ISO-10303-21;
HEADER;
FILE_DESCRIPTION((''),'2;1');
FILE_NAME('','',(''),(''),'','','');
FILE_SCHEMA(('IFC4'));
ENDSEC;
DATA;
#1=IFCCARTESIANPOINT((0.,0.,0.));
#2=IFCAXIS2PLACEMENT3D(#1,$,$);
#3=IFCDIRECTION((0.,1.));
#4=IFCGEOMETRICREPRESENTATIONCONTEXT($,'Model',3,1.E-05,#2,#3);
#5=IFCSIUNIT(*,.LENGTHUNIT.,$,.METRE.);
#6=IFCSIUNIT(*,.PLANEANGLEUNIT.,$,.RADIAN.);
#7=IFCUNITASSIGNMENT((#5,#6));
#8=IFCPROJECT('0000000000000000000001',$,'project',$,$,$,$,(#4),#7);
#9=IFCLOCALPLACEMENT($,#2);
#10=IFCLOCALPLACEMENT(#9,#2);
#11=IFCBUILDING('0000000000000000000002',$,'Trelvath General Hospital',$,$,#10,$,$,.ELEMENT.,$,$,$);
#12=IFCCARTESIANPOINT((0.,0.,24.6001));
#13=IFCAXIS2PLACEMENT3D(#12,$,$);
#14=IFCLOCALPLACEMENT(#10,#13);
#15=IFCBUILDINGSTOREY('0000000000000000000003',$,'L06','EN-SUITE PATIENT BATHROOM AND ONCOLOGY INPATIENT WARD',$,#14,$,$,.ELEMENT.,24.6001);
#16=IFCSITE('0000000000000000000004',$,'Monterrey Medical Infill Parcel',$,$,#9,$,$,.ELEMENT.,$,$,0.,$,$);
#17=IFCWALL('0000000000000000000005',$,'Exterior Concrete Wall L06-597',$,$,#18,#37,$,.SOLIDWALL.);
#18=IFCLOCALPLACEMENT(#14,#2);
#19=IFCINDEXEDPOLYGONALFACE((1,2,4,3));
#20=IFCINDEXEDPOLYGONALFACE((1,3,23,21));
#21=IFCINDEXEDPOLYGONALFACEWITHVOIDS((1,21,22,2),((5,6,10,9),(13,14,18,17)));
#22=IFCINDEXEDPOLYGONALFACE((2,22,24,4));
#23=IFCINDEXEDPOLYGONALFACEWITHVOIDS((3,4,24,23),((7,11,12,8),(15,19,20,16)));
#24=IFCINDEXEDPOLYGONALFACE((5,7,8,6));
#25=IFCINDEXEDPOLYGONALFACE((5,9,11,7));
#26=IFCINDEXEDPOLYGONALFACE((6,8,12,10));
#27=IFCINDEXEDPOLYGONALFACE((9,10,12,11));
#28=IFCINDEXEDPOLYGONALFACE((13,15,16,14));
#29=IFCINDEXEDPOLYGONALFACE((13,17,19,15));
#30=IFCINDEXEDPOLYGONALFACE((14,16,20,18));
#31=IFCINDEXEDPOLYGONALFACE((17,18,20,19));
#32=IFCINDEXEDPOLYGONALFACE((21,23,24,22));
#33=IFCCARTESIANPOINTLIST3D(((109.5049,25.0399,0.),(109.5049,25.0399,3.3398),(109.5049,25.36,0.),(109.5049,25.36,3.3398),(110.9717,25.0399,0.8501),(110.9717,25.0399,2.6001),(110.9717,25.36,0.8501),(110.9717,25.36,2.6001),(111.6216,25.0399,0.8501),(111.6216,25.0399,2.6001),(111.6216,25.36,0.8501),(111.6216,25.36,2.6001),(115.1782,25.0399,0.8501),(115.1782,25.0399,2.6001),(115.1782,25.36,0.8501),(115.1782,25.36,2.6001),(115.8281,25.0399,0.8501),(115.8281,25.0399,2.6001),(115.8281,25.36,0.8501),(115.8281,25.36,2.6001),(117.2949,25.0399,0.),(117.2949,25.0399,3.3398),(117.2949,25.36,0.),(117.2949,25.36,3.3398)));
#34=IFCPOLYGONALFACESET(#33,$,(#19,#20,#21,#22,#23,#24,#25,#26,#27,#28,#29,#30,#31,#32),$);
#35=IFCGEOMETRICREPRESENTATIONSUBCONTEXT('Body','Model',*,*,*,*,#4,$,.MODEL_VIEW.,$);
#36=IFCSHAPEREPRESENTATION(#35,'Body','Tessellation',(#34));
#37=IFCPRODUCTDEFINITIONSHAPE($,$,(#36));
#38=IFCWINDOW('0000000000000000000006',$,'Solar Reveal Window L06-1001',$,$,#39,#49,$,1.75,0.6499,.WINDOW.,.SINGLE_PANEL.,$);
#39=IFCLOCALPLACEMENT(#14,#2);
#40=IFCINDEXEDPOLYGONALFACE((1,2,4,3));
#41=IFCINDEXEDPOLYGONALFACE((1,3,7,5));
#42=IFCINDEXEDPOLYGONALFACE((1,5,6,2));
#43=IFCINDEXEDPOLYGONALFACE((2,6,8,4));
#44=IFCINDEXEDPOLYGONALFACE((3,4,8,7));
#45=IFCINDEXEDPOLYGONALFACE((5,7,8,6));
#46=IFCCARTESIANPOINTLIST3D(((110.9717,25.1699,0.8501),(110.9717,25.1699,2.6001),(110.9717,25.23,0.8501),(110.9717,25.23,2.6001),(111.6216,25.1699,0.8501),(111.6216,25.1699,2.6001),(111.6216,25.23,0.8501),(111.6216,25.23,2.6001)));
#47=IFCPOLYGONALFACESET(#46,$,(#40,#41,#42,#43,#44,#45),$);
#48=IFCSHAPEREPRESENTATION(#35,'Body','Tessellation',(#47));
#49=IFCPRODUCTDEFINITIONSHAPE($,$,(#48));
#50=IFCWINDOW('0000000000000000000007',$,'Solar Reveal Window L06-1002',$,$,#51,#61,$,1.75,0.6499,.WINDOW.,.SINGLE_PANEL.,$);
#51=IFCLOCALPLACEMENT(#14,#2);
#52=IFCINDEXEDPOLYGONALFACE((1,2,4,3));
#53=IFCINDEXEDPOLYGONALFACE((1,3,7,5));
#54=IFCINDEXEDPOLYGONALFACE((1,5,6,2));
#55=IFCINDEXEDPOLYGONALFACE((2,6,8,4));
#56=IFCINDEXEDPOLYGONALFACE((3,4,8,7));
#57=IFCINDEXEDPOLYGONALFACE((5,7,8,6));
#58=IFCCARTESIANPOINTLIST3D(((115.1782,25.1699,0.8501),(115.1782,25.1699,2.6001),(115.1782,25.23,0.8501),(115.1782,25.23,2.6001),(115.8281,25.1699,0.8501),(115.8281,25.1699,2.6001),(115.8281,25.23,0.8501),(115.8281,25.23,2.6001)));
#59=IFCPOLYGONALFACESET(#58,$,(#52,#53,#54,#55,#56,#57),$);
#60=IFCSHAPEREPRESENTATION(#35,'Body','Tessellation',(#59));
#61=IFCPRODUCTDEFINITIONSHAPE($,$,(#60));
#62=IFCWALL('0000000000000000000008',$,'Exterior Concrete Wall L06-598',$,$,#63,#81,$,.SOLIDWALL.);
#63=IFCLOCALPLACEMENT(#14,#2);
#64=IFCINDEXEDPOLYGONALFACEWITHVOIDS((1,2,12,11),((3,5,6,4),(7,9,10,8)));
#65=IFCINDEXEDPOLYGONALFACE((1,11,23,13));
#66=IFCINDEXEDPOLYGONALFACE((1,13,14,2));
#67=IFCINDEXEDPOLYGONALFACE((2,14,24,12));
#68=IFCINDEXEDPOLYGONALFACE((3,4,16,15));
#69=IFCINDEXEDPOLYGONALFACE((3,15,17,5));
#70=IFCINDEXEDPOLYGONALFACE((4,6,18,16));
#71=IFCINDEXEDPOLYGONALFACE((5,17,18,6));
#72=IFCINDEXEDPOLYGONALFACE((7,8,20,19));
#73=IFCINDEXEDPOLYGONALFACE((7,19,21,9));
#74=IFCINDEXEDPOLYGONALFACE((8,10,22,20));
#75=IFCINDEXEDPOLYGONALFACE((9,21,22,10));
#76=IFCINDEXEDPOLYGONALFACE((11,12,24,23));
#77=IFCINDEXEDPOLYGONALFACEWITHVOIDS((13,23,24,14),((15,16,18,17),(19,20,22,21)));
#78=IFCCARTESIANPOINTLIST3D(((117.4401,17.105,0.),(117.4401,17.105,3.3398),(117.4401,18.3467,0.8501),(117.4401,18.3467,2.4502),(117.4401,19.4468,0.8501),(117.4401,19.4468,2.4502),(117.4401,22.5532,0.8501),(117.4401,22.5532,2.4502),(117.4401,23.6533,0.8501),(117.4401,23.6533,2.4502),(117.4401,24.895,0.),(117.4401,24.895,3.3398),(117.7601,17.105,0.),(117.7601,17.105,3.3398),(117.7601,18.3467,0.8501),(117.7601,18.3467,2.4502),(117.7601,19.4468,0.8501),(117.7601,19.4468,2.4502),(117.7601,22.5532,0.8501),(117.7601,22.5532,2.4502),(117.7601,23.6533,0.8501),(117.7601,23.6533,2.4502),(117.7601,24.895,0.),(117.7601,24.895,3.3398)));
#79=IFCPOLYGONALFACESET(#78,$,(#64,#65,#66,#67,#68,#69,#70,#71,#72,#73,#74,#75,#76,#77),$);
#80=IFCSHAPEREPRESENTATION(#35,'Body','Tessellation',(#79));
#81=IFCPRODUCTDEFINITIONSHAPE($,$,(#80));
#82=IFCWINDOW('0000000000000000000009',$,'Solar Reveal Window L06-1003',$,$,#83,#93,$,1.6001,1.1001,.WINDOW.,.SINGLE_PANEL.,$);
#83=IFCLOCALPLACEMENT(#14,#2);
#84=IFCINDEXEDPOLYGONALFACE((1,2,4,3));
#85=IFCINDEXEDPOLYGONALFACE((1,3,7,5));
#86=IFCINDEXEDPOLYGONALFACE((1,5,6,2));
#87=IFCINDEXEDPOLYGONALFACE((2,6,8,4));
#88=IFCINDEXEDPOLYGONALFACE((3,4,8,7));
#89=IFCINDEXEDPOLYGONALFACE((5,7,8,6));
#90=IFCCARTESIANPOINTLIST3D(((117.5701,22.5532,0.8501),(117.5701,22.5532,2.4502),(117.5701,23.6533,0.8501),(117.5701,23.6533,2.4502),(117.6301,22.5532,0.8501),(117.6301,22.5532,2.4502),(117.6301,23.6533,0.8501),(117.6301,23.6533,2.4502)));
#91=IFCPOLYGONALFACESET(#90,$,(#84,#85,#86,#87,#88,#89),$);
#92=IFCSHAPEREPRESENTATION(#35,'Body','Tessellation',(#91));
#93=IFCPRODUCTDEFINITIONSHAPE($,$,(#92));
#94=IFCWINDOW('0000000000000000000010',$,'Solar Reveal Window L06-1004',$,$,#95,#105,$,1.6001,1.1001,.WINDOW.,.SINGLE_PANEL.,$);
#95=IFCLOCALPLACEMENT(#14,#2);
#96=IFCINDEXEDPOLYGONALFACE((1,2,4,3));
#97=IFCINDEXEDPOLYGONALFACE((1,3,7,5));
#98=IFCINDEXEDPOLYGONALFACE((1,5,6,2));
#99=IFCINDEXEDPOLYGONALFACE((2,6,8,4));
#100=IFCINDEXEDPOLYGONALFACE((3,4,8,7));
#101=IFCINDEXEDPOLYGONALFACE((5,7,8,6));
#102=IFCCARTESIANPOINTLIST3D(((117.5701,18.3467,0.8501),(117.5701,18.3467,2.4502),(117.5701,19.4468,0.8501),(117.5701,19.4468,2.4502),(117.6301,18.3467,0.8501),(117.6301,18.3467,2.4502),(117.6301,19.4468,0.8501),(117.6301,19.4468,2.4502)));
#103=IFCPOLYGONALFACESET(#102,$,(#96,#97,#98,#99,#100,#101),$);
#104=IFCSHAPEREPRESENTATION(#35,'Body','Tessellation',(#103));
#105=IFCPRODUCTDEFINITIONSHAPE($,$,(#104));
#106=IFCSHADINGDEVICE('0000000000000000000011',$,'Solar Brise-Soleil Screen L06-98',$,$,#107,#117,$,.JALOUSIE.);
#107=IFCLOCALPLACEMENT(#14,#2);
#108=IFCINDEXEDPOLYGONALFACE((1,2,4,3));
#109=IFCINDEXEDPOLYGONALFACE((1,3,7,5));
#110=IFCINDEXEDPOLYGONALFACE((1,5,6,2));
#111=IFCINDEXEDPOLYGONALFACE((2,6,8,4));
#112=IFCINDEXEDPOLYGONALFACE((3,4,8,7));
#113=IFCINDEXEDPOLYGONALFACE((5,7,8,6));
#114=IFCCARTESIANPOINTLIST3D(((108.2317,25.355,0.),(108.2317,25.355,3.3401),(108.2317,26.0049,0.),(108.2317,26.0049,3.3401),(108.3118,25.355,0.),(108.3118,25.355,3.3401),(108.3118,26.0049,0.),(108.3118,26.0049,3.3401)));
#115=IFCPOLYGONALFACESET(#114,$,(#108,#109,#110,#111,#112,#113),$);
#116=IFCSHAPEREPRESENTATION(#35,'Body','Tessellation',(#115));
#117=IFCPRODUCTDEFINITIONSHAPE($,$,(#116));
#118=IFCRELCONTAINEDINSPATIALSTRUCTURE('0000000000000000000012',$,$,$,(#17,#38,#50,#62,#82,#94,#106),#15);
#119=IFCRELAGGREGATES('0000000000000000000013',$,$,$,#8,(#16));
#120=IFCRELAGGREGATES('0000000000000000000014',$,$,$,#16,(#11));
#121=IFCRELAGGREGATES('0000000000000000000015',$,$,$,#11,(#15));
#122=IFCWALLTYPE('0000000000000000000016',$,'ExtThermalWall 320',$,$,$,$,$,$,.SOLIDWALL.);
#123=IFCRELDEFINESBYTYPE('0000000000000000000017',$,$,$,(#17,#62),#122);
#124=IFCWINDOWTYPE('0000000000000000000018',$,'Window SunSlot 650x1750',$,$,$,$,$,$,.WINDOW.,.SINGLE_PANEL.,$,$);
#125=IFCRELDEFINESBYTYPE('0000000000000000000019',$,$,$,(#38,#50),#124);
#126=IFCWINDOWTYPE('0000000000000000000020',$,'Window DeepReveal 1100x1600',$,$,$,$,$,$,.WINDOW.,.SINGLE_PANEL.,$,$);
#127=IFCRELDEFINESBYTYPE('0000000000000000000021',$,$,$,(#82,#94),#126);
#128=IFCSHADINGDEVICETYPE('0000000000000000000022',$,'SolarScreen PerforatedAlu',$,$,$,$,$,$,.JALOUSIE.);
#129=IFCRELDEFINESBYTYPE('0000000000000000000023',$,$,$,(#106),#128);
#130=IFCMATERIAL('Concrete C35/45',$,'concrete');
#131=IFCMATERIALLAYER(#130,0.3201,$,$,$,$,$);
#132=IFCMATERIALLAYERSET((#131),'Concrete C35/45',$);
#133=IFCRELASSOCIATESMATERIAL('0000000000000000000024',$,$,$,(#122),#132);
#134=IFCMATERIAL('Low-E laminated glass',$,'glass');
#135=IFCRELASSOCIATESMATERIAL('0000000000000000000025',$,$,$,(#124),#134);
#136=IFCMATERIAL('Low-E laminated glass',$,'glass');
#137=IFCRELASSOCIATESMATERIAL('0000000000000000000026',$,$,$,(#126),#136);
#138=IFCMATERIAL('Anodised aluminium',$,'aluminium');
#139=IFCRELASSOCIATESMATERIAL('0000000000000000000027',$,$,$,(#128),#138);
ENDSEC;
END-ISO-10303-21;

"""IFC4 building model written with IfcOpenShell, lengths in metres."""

from ifc_helpers import new_model, si_unit, direction, frame, frame_2d, origin, origin_2d, place, context, subcontext, project, spatial, rectangle, extrude, material, layer, layer_set, type_object, element, fill, save


model = new_model("IFC4")

# Units and contexts
model_context = context("Model", 3, precision=1e-05, world=origin(), true_north=direction((0.0, 1.0)))
body_context = subcontext(model_context, "Body", "Model", "MODEL_VIEW")
ifc_project = project(units=[si_unit("LENGTHUNIT", "METRE"), si_unit("PLANEANGLEUNIT", "RADIAN")], contexts=[model_context])

# Site, building, storey
site_placement = place(None, origin())
site = spatial("IfcSite", under=ifc_project, at=site_placement, Name="Monterrey Medical Infill Parcel", CompositionType="ELEMENT", RefElevation=0.0)
building_placement = place(site_placement, origin())
building = spatial("IfcBuilding", under=site, at=building_placement, Name="Trelvath General Hospital", CompositionType="ELEMENT")
storey_placement = place(building_placement, frame((0.0, 0.0, 24.6001)))
storey = spatial("IfcBuildingStorey", under=building, at=storey_placement, Name="L06", Description="EN-SUITE PATIENT BATHROOM AND ONCOLOGY INPATIENT WARD", CompositionType="ELEMENT", Elevation=24.6001)

# Walls, openings, windows
ifc_material_1 = material(Name="Concrete C35/45", Category="concrete")
ifc_layer_1 = layer(ifc_material_1, 0.3201)
ifc_layer_set_1 = layer_set([ifc_layer_1], Name="Concrete C35/45")
wall_type_1 = type_object("IfcWallType", Name="ExtThermalWall 320", PredefinedType="SOLIDWALL", material=ifc_layer_set_1)
wall_1_placement = place(storey_placement, frame((109.5049, 25.2, 0.0), z_axis=(0.0, 0.0, 1.0), x_axis=(1.0, 0.0, 0.0)))
wall_1 = element("IfcWall", 1, at=wall_1_placement, inside=storey, type_object=wall_type_1, Name="Exterior Concrete Wall L06-597", PredefinedType="SOLIDWALL", context=body_context, shape_type="SweptSolid", body=[
    extrude(rectangle(XDim=7.79, YDim=0.3201, at=frame_2d((3.895, 0.0))), origin(), (0.0, 0.0, 1.0), 3.3398),
])
opening_1_placement = place(wall_1_placement, frame((1.4668, 0.0, 0.8501)))
opening_1 = element("IfcOpeningElement", 2, at=opening_1_placement, cuts=wall_1, PredefinedType="OPENING", context=body_context, shape_type="SweptSolid", body=[
    extrude(rectangle(XDim=0.6499, YDim=1.75, at=frame_2d((0.325, 0.875))), frame((0.0, 0.1699, 0.0), z_axis=(0.0, -1.0, 0.0), x_axis=(1.0, 0.0, 0.0)), (0.0, 0.0, 1.0), 0.3401),
])
opening_2_placement = place(wall_1_placement, frame((5.6733, 0.0, 0.8501)))
opening_2 = element("IfcOpeningElement", 3, at=opening_2_placement, cuts=wall_1, PredefinedType="OPENING", context=body_context, shape_type="SweptSolid", body=[
    extrude(rectangle(XDim=0.6499, YDim=1.75, at=frame_2d((0.325, 0.875))), frame((0.0, 0.1699, 0.0), z_axis=(0.0, -1.0, 0.0), x_axis=(1.0, 0.0, 0.0)), (0.0, 0.0, 1.0), 0.3401),
])
ifc_material_2 = material(Name="Low-E laminated glass", Category="glass")
window_type_1 = type_object("IfcWindowType", Name="Window SunSlot 650x1750", PartitioningType="SINGLE_PANEL", PredefinedType="WINDOW", material=ifc_material_2)
window_1_placement = place(opening_1_placement, origin())
window_1 = element("IfcWindow", 4, at=window_1_placement, inside=storey, type_object=window_type_1, Name="Solar Reveal Window L06-1001", OverallHeight=1.75, OverallWidth=0.6499, PartitioningType="SINGLE_PANEL", PredefinedType="WINDOW", context=body_context, shape_type="SweptSolid", body=[
    extrude(rectangle(XDim=0.6499, YDim=1.75, at=frame_2d((0.325, 0.875))), frame((0.0, 0.03, 0.0), z_axis=(0.0, -1.0, 0.0), x_axis=(1.0, 0.0, 0.0)), (0.0, 0.0, 1.0), 0.0601),
])
fill(opening_1, window_1)
window_2_placement = place(opening_2_placement, origin())
window_2 = element("IfcWindow", 5, at=window_2_placement, inside=storey, type_object=window_type_1, Name="Solar Reveal Window L06-1002", OverallHeight=1.75, OverallWidth=0.6499, PartitioningType="SINGLE_PANEL", PredefinedType="WINDOW", context=body_context, shape_type="SweptSolid", body=[
    extrude(rectangle(XDim=0.6499, YDim=1.75, at=frame_2d((0.325, 0.875))), frame((0.0, 0.03, 0.0), z_axis=(0.0, -1.0, 0.0), x_axis=(1.0, 0.0, 0.0)), (0.0, 0.0, 1.0), 0.0601),
])
fill(opening_2, window_2)
wall_2_placement = place(storey_placement, frame((117.6001, 24.895, 0.0), z_axis=(0.0, 0.0, 1.0), x_axis=(0.0, -1.0, 0.0)))
wall_2 = element("IfcWall", 6, at=wall_2_placement, inside=storey, type_object=wall_type_1, Name="Exterior Concrete Wall L06-598", PredefinedType="SOLIDWALL", context=body_context, shape_type="SweptSolid", body=[
    extrude(rectangle(XDim=7.79, YDim=0.3201, at=frame_2d((3.895, 0.0))), origin(), (0.0, 0.0, 1.0), 3.3398),
])
opening_3_placement = place(wall_2_placement, frame((1.2417, 0.0, 0.8501)))
opening_3 = element("IfcOpeningElement", 7, at=opening_3_placement, cuts=wall_2, PredefinedType="OPENING", context=body_context, shape_type="SweptSolid", body=[
    extrude(rectangle(XDim=1.1001, YDim=1.6001, at=frame_2d((0.55, 0.8))), frame((0.0, 0.1699, 0.0), z_axis=(0.0, -1.0, 0.0), x_axis=(1.0, 0.0, 0.0)), (0.0, 0.0, 1.0), 0.3401),
])
opening_4_placement = place(wall_2_placement, frame((5.4482, 0.0, 0.8501)))
opening_4 = element("IfcOpeningElement", 8, at=opening_4_placement, cuts=wall_2, PredefinedType="OPENING", context=body_context, shape_type="SweptSolid", body=[
    extrude(rectangle(XDim=1.1001, YDim=1.6001, at=frame_2d((0.55, 0.8))), frame((0.0, 0.1699, 0.0), z_axis=(0.0, -1.0, 0.0), x_axis=(1.0, 0.0, 0.0)), (0.0, 0.0, 1.0), 0.3401),
])
ifc_material_3 = material(Name="Low-E laminated glass", Category="glass")
window_type_2 = type_object("IfcWindowType", Name="Window DeepReveal 1100x1600", PartitioningType="SINGLE_PANEL", PredefinedType="WINDOW", material=ifc_material_3)
window_3_placement = place(opening_3_placement, origin())
window_3 = element("IfcWindow", 9, at=window_3_placement, inside=storey, type_object=window_type_2, Name="Solar Reveal Window L06-1003", OverallHeight=1.6001, OverallWidth=1.1001, PartitioningType="SINGLE_PANEL", PredefinedType="WINDOW", context=body_context, shape_type="SweptSolid", body=[
    extrude(rectangle(XDim=1.1001, YDim=1.6001, at=frame_2d((0.55, 0.8))), frame((0.0, 0.03, 0.0), z_axis=(0.0, -1.0, 0.0), x_axis=(1.0, 0.0, 0.0)), (0.0, 0.0, 1.0), 0.0601),
])
fill(opening_3, window_3)
window_4_placement = place(opening_4_placement, origin())
window_4 = element("IfcWindow", 10, at=window_4_placement, inside=storey, type_object=window_type_2, Name="Solar Reveal Window L06-1004", OverallHeight=1.6001, OverallWidth=1.1001, PartitioningType="SINGLE_PANEL", PredefinedType="WINDOW", context=body_context, shape_type="SweptSolid", body=[
    extrude(rectangle(XDim=1.1001, YDim=1.6001, at=frame_2d((0.55, 0.8))), frame((0.0, 0.03, 0.0), z_axis=(0.0, -1.0, 0.0), x_axis=(1.0, 0.0, 0.0)), (0.0, 0.0, 1.0), 0.0601),
])
fill(opening_4, window_4)

# Shading device
ifc_material_4 = material(Name="Anodised aluminium", Category="aluminium")
shading_device_type = type_object("IfcShadingDeviceType", Name="SolarScreen PerforatedAlu", PredefinedType="JALOUSIE", material=ifc_material_4)
shading_device_placement = place(storey_placement, frame((108.2717, 25.6799, 0.0), z_axis=(0.0, 0.0, 1.0), x_axis=(0.0, 1.0, 0.0)))
element("IfcShadingDevice", 11, at=shading_device_placement, inside=storey, type_object=shading_device_type, Name="Solar Brise-Soleil Screen L06-98", PredefinedType="JALOUSIE", context=body_context, shape_type="SweptSolid", body=[
    extrude(rectangle(XDim=0.6499, YDim=0.0801, at=origin_2d()), origin(), (0.0, 0.0, 1.0), 3.3401),
])

save(model, "model.ifc")
